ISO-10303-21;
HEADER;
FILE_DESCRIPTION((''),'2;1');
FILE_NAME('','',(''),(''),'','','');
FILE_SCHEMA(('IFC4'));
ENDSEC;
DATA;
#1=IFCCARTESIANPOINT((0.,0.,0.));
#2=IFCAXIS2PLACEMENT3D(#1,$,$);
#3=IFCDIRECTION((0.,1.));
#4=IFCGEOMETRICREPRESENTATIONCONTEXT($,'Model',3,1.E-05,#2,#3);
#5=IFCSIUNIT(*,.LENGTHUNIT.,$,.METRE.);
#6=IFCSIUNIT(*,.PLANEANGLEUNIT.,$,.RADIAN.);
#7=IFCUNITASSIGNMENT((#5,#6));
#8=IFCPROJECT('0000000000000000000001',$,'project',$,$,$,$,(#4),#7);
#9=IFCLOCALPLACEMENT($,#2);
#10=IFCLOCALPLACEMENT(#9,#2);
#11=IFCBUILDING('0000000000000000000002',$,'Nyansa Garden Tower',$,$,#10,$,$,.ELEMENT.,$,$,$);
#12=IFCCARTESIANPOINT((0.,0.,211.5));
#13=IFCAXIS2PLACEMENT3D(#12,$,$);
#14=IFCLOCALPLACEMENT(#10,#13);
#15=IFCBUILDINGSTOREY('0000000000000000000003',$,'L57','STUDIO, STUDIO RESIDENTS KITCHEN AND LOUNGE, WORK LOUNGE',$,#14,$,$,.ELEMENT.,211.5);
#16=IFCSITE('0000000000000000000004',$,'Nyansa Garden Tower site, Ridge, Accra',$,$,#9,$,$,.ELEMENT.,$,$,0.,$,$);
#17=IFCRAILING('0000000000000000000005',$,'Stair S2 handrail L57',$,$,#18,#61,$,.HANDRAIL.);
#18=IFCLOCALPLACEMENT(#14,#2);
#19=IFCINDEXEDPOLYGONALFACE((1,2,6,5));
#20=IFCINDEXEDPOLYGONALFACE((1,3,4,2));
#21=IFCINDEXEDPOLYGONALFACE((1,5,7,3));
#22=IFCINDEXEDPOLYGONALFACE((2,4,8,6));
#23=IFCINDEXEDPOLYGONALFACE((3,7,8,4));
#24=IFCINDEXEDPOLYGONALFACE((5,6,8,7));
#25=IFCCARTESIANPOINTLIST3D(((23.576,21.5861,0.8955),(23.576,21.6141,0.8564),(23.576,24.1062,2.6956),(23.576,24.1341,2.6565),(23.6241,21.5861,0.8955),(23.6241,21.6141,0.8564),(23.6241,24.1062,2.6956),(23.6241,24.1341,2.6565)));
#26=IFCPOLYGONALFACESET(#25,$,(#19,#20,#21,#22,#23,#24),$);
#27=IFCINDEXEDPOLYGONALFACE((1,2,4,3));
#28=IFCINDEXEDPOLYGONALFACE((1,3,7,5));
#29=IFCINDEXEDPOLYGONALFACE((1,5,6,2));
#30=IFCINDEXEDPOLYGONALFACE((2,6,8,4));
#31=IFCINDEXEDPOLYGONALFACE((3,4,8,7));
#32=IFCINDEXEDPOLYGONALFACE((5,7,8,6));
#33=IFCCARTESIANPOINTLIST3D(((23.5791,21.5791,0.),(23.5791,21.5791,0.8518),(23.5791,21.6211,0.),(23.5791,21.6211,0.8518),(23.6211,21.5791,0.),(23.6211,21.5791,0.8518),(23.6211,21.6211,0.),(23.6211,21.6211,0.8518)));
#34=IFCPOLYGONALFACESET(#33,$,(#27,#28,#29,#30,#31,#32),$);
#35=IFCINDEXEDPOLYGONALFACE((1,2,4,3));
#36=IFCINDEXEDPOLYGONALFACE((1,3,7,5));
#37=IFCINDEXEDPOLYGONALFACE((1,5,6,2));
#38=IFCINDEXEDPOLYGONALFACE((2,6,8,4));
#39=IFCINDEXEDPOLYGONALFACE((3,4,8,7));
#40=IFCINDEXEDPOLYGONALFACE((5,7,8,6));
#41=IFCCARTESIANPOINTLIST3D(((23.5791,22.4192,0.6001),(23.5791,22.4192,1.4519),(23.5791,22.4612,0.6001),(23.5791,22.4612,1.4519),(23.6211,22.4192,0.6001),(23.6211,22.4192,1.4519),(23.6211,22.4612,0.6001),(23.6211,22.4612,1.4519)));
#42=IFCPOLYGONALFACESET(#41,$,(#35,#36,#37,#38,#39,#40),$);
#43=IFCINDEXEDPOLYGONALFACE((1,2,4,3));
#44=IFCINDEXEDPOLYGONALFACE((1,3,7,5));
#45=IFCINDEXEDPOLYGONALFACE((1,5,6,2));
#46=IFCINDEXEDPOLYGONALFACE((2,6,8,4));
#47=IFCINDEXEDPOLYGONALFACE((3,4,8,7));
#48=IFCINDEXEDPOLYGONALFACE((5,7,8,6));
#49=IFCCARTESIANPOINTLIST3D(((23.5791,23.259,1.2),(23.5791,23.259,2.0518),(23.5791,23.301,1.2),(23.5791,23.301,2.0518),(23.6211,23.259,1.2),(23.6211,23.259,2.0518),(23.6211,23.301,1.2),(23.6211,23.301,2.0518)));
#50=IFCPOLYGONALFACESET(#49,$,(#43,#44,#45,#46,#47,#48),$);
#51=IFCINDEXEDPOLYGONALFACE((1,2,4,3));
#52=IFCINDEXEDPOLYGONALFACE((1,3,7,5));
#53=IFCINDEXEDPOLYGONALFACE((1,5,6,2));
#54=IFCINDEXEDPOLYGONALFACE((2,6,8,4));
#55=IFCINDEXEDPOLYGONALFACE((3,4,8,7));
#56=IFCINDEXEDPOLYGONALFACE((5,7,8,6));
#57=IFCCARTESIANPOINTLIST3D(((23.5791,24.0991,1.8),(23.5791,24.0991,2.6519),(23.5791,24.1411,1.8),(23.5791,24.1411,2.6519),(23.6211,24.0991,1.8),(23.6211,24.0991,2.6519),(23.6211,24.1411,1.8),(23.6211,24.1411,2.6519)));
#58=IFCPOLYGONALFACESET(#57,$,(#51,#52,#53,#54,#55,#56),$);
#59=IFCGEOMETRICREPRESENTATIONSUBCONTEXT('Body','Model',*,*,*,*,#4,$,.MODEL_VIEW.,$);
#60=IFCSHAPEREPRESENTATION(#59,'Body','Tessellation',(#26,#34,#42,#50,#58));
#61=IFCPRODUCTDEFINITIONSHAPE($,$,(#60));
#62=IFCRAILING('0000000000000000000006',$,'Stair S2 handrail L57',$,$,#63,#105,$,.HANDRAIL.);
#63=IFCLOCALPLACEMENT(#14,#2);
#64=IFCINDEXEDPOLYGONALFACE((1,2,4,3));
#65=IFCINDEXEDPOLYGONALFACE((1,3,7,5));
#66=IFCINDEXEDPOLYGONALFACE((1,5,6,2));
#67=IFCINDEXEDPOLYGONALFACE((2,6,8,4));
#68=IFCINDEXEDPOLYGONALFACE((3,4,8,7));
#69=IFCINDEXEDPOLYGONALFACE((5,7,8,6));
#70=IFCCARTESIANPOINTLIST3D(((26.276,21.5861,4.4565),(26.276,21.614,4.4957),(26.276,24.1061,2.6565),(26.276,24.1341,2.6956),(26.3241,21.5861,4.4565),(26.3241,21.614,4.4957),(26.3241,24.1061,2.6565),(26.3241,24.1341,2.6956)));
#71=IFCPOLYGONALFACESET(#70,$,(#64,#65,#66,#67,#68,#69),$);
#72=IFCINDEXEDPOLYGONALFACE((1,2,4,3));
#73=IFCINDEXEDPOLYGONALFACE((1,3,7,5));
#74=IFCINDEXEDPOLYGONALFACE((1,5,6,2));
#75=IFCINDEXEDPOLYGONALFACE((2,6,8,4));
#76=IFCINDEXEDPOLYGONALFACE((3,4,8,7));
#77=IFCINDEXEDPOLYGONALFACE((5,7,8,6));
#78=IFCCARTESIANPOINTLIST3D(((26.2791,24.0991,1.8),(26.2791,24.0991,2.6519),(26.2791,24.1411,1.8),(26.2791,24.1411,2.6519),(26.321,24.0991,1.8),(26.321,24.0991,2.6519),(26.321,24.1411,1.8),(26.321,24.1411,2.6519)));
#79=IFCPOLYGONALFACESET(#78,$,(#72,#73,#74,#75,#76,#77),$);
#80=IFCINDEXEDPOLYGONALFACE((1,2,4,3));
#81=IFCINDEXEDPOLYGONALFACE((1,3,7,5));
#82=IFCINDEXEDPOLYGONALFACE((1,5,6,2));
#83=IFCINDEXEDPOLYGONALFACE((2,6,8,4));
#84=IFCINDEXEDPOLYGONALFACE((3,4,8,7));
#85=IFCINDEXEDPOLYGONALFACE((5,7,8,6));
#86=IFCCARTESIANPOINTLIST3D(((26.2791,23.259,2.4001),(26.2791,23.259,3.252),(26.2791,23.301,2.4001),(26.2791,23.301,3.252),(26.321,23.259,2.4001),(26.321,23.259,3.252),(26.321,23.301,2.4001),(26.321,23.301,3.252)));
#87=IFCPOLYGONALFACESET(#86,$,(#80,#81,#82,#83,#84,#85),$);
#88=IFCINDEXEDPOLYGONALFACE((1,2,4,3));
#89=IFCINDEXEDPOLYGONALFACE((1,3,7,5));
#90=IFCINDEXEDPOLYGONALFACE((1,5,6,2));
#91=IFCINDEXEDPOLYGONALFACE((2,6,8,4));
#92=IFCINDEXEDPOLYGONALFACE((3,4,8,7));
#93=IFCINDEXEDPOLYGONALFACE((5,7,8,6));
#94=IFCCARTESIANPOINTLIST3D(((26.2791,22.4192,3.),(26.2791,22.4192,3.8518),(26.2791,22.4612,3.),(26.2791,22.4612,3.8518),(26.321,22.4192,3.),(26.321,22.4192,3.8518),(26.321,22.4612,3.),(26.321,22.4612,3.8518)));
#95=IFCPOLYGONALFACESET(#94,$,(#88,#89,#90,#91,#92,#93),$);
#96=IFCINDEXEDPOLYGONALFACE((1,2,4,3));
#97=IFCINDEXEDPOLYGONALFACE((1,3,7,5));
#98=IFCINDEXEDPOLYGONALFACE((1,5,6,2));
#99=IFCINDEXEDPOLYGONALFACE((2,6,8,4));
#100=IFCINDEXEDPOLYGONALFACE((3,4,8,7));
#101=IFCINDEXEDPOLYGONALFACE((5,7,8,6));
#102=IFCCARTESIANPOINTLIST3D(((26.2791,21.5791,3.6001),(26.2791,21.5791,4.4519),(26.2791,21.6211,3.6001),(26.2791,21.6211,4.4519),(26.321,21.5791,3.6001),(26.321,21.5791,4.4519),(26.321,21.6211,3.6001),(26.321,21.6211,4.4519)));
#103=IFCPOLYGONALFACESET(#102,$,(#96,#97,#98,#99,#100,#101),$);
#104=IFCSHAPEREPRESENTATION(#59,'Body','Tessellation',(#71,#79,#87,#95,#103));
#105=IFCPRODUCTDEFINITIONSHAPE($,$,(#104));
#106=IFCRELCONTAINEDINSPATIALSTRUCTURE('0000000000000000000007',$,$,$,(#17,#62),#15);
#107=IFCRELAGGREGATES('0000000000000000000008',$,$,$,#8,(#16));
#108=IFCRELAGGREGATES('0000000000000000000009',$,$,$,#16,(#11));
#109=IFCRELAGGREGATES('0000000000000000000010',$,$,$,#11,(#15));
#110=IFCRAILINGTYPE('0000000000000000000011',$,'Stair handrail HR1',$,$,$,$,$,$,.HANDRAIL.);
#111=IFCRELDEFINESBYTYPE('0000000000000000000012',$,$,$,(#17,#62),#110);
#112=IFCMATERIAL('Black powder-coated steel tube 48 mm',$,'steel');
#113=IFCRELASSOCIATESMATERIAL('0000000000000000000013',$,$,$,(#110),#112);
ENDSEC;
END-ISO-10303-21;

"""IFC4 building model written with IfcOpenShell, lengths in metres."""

from ifc_helpers import new_model, si_unit, direction, frame, origin, origin_2d, place, context, subcontext, project, spatial, rectangle, extrude, material, type_object, element, save


model = new_model("IFC4")

# Units and contexts
model_context = context("Model", 3, precision=1e-05, world=origin(), true_north=direction((0.0, 1.0)))
body_context = subcontext(model_context, "Body", "Model", "MODEL_VIEW")
ifc_project = project(units=[si_unit("LENGTHUNIT", "METRE"), si_unit("PLANEANGLEUNIT", "RADIAN")], contexts=[model_context])

# Site, building, storey
site_placement = place(None, origin())
site = spatial("IfcSite", under=ifc_project, at=site_placement, Name="Nyansa Garden Tower site, Ridge, Accra", CompositionType="ELEMENT", RefElevation=0.0)
building_placement = place(site_placement, origin())
building = spatial("IfcBuilding", under=site, at=building_placement, Name="Nyansa Garden Tower", CompositionType="ELEMENT")
storey_placement = place(building_placement, frame((0.0, 0.0, 211.5)))
storey = spatial("IfcBuildingStorey", under=building, at=storey_placement, Name="L57", Description="STUDIO, STUDIO RESIDENTS KITCHEN AND LOUNGE, WORK LOUNGE", CompositionType="ELEMENT", Elevation=211.5)

# Railings
ifc_material_1 = material(Name="Black powder-coated steel tube 48 mm", Category="steel")
railing_type = type_object("IfcRailingType", Name="Stair handrail HR1", PredefinedType="HANDRAIL", material=ifc_material_1)
railing_1_placement = place(storey_placement, frame((23.6001, 21.6001, 0.0)))
element("IfcRailing", 1, at=railing_1_placement, inside=storey, type_object=railing_type, Name="Stair S2 handrail L57", PredefinedType="HANDRAIL", context=body_context, shape_type="SweptSolid", body=[
    extrude(rectangle(XDim=0.0481, YDim=0.0481, at=origin_2d()), frame((0.0, 0.0, 0.876), z_axis=(0.0, 0.813728, 0.581246), x_axis=(-1.0, 0.0, 0.0)), (0.0, 0.0, 1.0), 3.0969),
    extrude(rectangle(XDim=0.042, YDim=0.042, at=origin_2d()), origin(), (0.0, 0.0, 1.0), 0.8518),
    extrude(rectangle(XDim=0.042, YDim=0.042, at=origin_2d()), frame((0.0, 0.8401, 0.6001)), (0.0, 0.0, 1.0), 0.8518),
    extrude(rectangle(XDim=0.042, YDim=0.042, at=origin_2d()), frame((0.0, 1.6799, 1.2)), (0.0, 0.0, 1.0), 0.8518),
    extrude(rectangle(XDim=0.042, YDim=0.042, at=origin_2d()), frame((0.0, 2.52, 1.8)), (0.0, 0.0, 1.0), 0.8518),
])
railing_2_placement = place(storey_placement, frame((26.3, 24.1201, 1.8)))
element("IfcRailing", 2, at=railing_2_placement, inside=storey, type_object=railing_type, Name="Stair S2 handrail L57", PredefinedType="HANDRAIL", context=body_context, shape_type="SweptSolid", body=[
    extrude(rectangle(XDim=0.0481, YDim=0.0481, at=origin_2d()), frame((0.0, 0.0, 0.876), z_axis=(0.0, -0.813728, 0.581246), x_axis=(1.0, 0.0, 0.0)), (0.0, 0.0, 1.0), 3.0969),
    extrude(rectangle(XDim=0.042, YDim=0.042, at=origin_2d()), origin(), (0.0, 0.0, 1.0), 0.8518),
    extrude(rectangle(XDim=0.042, YDim=0.042, at=origin_2d()), frame((0.0, -0.8401, 0.6001)), (0.0, 0.0, 1.0), 0.8518),
    extrude(rectangle(XDim=0.042, YDim=0.042, at=origin_2d()), frame((0.0, -1.6799, 1.2)), (0.0, 0.0, 1.0), 0.8518),
    extrude(rectangle(XDim=0.042, YDim=0.042, at=origin_2d()), frame((0.0, -2.52, 1.8)), (0.0, 0.0, 1.0), 0.8518),
])

save(model, "model.ifc")
